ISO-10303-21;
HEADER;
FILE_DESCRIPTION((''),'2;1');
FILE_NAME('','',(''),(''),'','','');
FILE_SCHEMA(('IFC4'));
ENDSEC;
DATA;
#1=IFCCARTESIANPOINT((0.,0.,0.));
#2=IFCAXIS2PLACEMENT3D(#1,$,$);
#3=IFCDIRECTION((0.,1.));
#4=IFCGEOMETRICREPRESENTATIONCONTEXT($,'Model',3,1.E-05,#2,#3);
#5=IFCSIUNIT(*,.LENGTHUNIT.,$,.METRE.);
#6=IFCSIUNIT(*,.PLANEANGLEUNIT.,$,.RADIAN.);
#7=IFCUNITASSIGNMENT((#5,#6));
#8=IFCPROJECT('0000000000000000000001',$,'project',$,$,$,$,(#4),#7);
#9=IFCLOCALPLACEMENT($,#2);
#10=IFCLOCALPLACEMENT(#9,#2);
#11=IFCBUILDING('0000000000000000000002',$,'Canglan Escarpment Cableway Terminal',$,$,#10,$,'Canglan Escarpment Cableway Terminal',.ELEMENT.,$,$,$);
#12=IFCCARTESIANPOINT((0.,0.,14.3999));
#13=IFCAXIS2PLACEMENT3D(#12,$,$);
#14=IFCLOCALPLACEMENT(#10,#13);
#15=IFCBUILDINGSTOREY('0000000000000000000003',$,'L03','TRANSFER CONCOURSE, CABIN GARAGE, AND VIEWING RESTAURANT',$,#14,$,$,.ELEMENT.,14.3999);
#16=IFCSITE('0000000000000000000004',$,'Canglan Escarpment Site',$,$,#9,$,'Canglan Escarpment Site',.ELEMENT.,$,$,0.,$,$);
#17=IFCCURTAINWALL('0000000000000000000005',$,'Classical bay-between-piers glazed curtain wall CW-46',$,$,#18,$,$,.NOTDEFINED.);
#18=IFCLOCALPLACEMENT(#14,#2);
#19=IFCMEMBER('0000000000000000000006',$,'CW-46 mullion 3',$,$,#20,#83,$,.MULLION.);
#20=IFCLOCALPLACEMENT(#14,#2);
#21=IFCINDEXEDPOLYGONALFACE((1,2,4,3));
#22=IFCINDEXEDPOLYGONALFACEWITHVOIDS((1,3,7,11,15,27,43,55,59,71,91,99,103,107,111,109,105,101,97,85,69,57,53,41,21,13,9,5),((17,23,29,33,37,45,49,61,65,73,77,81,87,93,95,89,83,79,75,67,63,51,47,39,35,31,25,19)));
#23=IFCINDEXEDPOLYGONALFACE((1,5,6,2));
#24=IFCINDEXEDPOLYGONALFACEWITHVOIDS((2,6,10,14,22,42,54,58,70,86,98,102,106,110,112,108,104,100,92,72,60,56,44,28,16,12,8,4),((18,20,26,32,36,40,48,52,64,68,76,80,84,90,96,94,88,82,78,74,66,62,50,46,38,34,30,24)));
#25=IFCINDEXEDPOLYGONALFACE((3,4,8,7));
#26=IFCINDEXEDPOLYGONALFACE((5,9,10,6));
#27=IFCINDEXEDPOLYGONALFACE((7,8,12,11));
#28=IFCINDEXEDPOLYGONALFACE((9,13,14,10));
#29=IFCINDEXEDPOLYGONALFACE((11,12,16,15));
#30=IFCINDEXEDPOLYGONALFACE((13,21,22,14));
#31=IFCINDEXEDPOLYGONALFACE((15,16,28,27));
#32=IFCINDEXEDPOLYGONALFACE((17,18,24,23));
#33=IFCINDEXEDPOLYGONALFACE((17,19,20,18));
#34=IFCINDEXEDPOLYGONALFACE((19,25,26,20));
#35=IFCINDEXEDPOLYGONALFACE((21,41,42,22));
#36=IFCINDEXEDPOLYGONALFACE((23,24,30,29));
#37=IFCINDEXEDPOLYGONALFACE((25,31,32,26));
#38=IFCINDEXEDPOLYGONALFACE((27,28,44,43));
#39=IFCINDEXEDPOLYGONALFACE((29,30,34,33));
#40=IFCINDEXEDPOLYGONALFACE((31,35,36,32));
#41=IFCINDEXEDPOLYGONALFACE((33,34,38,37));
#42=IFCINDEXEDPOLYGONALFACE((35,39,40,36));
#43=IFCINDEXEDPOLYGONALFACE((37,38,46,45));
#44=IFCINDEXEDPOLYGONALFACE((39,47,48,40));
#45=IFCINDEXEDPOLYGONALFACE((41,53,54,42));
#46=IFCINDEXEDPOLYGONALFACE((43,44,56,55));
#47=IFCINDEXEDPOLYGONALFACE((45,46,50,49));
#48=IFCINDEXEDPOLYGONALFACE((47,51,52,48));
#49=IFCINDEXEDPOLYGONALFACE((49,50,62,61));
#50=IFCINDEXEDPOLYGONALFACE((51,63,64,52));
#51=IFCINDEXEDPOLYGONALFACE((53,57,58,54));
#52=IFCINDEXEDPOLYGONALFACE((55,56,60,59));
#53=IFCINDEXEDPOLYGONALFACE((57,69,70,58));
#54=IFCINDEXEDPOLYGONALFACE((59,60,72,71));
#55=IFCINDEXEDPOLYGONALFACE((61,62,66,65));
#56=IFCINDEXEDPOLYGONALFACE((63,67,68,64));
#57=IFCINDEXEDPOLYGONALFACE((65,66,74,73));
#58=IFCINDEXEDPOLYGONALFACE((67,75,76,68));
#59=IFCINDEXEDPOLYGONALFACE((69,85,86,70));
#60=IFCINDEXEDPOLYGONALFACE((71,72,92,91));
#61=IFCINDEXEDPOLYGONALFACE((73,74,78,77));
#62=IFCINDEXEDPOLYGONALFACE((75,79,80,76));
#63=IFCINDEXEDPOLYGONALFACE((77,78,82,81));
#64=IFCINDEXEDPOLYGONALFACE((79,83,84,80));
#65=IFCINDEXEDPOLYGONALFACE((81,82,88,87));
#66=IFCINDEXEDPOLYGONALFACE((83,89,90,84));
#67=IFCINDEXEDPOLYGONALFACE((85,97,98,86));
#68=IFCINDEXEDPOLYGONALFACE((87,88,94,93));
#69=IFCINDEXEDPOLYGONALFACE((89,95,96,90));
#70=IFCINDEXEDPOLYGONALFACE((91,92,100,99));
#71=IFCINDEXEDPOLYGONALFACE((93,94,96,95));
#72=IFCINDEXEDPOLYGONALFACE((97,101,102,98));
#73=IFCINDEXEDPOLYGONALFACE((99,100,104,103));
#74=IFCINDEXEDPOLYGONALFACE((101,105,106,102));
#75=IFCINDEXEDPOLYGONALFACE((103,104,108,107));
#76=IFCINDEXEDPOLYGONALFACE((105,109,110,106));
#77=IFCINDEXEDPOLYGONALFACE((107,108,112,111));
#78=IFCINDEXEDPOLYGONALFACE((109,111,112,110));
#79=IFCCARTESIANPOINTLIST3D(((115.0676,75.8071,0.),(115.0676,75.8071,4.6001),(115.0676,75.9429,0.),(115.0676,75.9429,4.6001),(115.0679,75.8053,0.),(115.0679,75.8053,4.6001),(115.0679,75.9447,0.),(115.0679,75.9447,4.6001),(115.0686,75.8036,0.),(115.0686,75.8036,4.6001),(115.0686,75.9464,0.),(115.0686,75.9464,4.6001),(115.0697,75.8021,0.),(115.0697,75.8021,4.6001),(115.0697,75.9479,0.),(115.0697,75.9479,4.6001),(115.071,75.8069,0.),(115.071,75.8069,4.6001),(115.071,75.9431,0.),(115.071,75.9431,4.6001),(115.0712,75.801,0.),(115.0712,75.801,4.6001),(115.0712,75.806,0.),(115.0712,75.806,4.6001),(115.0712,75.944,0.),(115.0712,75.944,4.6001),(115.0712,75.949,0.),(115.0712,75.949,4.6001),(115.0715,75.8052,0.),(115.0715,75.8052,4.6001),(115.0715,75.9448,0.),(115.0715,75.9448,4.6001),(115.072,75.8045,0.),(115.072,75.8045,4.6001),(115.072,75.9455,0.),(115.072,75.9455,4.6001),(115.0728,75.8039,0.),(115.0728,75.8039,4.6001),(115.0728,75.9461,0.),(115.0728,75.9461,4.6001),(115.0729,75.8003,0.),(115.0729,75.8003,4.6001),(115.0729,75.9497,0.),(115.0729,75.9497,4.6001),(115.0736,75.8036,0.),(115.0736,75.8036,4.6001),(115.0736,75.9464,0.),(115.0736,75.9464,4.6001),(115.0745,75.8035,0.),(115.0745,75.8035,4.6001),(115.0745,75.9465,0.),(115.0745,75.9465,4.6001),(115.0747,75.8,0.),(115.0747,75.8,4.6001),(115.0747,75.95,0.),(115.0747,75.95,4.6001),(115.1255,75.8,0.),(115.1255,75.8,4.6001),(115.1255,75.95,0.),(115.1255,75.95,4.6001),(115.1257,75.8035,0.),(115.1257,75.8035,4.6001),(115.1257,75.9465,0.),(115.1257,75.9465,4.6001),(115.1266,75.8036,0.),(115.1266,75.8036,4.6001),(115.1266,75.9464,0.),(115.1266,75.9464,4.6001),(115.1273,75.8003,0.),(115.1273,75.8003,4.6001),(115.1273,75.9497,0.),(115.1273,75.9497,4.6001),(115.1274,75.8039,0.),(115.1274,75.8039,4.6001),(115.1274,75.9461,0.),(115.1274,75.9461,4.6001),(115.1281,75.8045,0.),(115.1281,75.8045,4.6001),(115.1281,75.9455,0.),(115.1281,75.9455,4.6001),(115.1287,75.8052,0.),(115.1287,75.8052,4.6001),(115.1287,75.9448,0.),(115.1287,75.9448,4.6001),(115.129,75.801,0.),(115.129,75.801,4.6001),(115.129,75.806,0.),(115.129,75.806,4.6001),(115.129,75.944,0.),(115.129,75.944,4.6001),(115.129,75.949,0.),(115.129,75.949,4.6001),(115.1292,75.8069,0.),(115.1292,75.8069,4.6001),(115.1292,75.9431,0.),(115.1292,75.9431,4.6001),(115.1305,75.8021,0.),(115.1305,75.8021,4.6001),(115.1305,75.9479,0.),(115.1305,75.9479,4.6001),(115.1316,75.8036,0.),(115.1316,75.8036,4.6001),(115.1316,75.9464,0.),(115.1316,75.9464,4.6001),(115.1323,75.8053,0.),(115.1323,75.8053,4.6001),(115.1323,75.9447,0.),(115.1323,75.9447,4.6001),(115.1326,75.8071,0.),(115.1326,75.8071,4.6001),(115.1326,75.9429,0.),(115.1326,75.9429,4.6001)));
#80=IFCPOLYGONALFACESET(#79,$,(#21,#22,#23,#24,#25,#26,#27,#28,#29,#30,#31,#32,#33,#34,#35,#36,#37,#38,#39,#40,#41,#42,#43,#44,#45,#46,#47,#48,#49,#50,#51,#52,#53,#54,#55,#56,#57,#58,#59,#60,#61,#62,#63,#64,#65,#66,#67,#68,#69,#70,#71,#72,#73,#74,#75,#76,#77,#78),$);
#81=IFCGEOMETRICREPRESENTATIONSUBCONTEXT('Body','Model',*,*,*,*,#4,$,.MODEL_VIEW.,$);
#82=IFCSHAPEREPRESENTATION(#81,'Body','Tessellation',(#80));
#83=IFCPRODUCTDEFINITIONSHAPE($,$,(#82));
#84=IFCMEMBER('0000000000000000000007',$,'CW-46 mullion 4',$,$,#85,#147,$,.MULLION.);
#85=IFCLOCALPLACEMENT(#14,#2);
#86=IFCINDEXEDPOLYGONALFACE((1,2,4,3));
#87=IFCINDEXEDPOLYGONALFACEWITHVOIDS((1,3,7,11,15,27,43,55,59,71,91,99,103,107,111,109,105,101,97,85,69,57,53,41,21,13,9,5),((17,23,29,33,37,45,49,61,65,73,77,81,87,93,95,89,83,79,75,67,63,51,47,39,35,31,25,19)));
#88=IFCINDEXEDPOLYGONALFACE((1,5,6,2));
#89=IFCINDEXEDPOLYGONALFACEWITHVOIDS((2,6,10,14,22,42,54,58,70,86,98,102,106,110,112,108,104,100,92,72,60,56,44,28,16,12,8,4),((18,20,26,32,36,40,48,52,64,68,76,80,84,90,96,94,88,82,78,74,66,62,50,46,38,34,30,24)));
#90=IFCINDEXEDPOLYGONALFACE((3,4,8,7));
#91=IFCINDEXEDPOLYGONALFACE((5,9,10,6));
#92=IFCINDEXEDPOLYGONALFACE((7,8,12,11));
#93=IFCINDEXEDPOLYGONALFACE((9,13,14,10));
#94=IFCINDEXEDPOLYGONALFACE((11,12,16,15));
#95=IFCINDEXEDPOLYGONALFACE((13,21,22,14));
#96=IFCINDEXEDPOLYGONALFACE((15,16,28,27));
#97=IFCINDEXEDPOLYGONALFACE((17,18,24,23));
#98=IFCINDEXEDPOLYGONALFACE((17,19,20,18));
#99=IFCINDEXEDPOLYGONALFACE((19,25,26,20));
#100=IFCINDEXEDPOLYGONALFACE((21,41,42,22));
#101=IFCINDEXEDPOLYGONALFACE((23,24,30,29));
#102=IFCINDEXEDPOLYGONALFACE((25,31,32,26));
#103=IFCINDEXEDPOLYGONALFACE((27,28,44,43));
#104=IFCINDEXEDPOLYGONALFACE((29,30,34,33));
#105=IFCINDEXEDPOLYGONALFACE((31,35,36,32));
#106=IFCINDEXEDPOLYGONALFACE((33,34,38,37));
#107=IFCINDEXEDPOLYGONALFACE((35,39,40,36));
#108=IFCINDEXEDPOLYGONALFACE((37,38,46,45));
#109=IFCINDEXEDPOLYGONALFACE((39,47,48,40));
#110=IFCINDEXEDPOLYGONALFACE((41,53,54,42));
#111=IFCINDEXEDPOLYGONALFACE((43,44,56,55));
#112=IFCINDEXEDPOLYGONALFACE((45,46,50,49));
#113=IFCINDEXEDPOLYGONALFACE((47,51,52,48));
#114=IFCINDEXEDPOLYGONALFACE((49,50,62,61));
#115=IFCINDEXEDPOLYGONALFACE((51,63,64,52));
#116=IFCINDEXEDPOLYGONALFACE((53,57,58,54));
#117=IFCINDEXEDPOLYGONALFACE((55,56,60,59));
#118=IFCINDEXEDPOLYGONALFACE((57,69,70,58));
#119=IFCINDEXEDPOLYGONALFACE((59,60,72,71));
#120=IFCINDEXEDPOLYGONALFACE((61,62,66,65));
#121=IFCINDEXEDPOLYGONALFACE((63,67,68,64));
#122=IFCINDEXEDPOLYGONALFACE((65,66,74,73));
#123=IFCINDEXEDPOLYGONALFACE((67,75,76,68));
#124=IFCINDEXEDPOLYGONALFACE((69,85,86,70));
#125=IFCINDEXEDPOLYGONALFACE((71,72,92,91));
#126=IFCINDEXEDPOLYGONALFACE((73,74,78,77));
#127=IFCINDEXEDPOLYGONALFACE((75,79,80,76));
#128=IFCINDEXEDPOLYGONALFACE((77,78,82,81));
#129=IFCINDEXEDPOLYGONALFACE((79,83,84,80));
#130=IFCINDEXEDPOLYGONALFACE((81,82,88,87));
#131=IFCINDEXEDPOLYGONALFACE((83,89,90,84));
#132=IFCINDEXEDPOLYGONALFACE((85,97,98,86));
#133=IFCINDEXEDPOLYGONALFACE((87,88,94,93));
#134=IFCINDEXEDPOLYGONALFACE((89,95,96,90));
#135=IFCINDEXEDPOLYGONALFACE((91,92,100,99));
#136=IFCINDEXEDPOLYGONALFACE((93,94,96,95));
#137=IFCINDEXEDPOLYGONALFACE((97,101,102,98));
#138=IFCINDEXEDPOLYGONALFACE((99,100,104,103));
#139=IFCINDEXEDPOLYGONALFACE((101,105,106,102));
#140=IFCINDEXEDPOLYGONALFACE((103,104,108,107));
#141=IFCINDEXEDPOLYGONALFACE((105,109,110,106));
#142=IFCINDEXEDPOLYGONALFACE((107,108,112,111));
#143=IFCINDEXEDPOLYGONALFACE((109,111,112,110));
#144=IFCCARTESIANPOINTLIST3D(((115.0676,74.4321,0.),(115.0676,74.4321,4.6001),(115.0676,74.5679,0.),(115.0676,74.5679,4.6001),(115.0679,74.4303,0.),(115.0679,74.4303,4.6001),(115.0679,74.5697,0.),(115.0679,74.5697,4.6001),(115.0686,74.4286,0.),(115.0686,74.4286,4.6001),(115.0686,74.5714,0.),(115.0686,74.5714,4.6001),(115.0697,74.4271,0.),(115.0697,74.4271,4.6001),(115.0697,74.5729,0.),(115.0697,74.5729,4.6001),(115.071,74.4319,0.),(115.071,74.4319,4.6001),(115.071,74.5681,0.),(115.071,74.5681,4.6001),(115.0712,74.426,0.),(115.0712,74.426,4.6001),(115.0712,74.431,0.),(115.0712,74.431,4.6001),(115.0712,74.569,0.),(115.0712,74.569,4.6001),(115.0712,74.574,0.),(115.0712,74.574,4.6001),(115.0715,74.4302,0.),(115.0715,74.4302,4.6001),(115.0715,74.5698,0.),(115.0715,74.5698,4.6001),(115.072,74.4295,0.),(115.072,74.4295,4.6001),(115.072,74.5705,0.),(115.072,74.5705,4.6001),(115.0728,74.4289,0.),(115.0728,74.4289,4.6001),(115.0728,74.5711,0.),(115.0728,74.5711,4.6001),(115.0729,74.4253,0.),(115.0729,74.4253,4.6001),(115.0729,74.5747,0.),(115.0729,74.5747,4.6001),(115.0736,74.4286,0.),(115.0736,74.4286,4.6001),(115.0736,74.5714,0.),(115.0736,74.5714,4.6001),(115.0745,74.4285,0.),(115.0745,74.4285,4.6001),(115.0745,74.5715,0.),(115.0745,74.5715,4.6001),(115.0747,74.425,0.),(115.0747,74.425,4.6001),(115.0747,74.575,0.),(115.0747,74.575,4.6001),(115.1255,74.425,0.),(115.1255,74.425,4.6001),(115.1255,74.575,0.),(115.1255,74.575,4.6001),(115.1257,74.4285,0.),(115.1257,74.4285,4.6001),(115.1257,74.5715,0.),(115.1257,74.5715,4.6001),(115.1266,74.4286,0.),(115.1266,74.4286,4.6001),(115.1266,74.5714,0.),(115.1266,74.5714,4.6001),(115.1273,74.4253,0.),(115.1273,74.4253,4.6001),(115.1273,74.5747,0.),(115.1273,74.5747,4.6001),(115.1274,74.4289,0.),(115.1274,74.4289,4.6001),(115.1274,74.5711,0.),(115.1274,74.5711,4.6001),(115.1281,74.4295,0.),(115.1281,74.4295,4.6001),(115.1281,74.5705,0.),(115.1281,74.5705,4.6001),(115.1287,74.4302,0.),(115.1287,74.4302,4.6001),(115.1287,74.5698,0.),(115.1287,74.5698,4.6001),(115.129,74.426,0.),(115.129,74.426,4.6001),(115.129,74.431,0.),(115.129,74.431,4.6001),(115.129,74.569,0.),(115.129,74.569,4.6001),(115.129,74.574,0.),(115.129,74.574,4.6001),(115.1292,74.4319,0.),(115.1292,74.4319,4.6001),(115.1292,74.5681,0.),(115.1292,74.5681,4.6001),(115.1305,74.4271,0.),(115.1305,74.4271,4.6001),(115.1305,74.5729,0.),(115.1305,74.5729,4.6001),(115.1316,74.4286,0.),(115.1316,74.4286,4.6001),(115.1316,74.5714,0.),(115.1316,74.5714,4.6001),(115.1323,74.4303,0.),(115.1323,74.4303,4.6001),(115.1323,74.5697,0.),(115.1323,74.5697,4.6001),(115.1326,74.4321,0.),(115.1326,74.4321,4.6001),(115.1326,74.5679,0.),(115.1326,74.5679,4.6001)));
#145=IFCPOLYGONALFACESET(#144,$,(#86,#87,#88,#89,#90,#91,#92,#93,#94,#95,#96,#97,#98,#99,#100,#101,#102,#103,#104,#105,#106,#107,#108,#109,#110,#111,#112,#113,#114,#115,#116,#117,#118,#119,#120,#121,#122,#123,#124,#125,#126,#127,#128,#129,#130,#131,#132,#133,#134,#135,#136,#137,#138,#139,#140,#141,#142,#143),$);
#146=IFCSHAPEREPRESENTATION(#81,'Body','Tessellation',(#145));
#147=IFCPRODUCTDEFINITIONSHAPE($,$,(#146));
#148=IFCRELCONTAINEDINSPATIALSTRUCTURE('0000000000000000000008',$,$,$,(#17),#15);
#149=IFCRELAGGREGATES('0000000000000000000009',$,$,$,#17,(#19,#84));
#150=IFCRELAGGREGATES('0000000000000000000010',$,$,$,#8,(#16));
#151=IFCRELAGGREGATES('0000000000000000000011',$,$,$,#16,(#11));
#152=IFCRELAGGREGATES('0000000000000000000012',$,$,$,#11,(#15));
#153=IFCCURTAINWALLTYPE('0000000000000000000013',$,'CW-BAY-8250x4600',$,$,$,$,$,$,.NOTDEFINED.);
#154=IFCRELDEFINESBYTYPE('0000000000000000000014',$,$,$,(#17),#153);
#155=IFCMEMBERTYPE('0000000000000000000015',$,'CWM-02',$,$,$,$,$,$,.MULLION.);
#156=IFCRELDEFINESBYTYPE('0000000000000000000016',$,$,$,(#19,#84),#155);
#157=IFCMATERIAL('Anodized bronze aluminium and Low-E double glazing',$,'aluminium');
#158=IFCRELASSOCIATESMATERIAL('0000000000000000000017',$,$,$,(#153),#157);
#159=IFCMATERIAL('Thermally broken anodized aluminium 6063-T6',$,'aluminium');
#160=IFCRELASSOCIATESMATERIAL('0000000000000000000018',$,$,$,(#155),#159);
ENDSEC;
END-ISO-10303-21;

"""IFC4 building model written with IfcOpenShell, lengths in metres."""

from ifc_helpers import new_model, si_unit, direction, frame, origin, origin_2d, place, context, subcontext, project, spatial, hollow_rectangle, extrude, material, material_profile, profile_set, type_object, element, aggregate, save


model = new_model("IFC4")

# Units and contexts
model_context = context("Model", 3, precision=1e-05, world=origin(), true_north=direction((0.0, 1.0)))
body_context = subcontext(model_context, "Body", "Model", "MODEL_VIEW")
ifc_project = project(units=[si_unit("LENGTHUNIT", "METRE"), si_unit("PLANEANGLEUNIT", "RADIAN")], contexts=[model_context])

# Site, building, storey
site_placement = place(None, origin())
site = spatial("IfcSite", under=ifc_project, at=site_placement, Name="Canglan Escarpment Site", LongName="Canglan Escarpment Site", CompositionType="ELEMENT", RefElevation=0.0)
building_placement = place(site_placement, origin())
building = spatial("IfcBuilding", under=site, at=building_placement, Name="Canglan Escarpment Cableway Terminal", LongName="Canglan Escarpment Cableway Terminal", CompositionType="ELEMENT")
storey_placement = place(building_placement, frame((0.0, 0.0, 14.3999)))
storey = spatial("IfcBuildingStorey", under=building, at=storey_placement, Name="L03", Description="TRANSFER CONCOURSE, CABIN GARAGE, AND VIEWING RESTAURANT", CompositionType="ELEMENT", Elevation=14.3999)

# Curtain wall, members
ifc_material_1 = material(Name="Anodized bronze aluminium and Low-E double glazing", Category="aluminium")
curtain_wall_type = type_object("IfcCurtainWallType", Name="CW-BAY-8250x4600", PredefinedType="NOTDEFINED", material=ifc_material_1)
curtain_wall_placement = place(storey_placement, origin())
curtain_wall = element("IfcCurtainWall", 1, at=curtain_wall_placement, inside=storey, type_object=curtain_wall_type, Name="Classical bay-between-piers glazed curtain wall CW-46", PredefinedType="NOTDEFINED")
ifc_material_2 = material(Name="Thermally broken anodized aluminium 6063-T6", Category="aluminium")
ifc_material_profile_1 = material_profile(ifc_material_2, hollow_rectangle(XDim=0.0649, YDim=0.1499, WallThickness=0.0034, InnerFilletRadius=0.0034, OuterFilletRadius=0.0071, at=origin_2d()), Name="ALU-MULL 65x150x3.5")
ifc_profile_set_1 = profile_set([ifc_material_profile_1], Name="Thermally broken anodized aluminium 6063-T6")
member_type_1 = type_object("IfcMemberType", Name="CWM-02", PredefinedType="MULLION", material=ifc_profile_set_1)
member_1_placement = place(storey_placement, frame((115.1001, 75.875, 0.0), z_axis=(0.0, 0.0, 1.0), x_axis=(1.0, 0.0, 0.0)))
member_1 = element("IfcMember", 2, at=member_1_placement, type_object=member_type_1, Name="CW-46 mullion 3", PredefinedType="MULLION", context=body_context, shape_type="SweptSolid", body=[
    extrude(hollow_rectangle(XDim=0.0649, YDim=0.1499, WallThickness=0.0034, InnerFilletRadius=0.0034, OuterFilletRadius=0.0071, at=origin_2d()), origin(), (0.0, 0.0, 1.0), 4.6001),
])
member_2_placement = place(storey_placement, frame((115.1001, 74.5, 0.0), z_axis=(0.0, 0.0, 1.0), x_axis=(1.0, 0.0, 0.0)))
member_2 = element("IfcMember", 3, at=member_2_placement, type_object=member_type_1, Name="CW-46 mullion 4", PredefinedType="MULLION", context=body_context, shape_type="SweptSolid", body=[
    extrude(hollow_rectangle(XDim=0.0649, YDim=0.1499, WallThickness=0.0034, InnerFilletRadius=0.0034, OuterFilletRadius=0.0071, at=origin_2d()), origin(), (0.0, 0.0, 1.0), 4.6001),
])
aggregate(curtain_wall, [member_1, member_2])

save(model, "model.ifc")
